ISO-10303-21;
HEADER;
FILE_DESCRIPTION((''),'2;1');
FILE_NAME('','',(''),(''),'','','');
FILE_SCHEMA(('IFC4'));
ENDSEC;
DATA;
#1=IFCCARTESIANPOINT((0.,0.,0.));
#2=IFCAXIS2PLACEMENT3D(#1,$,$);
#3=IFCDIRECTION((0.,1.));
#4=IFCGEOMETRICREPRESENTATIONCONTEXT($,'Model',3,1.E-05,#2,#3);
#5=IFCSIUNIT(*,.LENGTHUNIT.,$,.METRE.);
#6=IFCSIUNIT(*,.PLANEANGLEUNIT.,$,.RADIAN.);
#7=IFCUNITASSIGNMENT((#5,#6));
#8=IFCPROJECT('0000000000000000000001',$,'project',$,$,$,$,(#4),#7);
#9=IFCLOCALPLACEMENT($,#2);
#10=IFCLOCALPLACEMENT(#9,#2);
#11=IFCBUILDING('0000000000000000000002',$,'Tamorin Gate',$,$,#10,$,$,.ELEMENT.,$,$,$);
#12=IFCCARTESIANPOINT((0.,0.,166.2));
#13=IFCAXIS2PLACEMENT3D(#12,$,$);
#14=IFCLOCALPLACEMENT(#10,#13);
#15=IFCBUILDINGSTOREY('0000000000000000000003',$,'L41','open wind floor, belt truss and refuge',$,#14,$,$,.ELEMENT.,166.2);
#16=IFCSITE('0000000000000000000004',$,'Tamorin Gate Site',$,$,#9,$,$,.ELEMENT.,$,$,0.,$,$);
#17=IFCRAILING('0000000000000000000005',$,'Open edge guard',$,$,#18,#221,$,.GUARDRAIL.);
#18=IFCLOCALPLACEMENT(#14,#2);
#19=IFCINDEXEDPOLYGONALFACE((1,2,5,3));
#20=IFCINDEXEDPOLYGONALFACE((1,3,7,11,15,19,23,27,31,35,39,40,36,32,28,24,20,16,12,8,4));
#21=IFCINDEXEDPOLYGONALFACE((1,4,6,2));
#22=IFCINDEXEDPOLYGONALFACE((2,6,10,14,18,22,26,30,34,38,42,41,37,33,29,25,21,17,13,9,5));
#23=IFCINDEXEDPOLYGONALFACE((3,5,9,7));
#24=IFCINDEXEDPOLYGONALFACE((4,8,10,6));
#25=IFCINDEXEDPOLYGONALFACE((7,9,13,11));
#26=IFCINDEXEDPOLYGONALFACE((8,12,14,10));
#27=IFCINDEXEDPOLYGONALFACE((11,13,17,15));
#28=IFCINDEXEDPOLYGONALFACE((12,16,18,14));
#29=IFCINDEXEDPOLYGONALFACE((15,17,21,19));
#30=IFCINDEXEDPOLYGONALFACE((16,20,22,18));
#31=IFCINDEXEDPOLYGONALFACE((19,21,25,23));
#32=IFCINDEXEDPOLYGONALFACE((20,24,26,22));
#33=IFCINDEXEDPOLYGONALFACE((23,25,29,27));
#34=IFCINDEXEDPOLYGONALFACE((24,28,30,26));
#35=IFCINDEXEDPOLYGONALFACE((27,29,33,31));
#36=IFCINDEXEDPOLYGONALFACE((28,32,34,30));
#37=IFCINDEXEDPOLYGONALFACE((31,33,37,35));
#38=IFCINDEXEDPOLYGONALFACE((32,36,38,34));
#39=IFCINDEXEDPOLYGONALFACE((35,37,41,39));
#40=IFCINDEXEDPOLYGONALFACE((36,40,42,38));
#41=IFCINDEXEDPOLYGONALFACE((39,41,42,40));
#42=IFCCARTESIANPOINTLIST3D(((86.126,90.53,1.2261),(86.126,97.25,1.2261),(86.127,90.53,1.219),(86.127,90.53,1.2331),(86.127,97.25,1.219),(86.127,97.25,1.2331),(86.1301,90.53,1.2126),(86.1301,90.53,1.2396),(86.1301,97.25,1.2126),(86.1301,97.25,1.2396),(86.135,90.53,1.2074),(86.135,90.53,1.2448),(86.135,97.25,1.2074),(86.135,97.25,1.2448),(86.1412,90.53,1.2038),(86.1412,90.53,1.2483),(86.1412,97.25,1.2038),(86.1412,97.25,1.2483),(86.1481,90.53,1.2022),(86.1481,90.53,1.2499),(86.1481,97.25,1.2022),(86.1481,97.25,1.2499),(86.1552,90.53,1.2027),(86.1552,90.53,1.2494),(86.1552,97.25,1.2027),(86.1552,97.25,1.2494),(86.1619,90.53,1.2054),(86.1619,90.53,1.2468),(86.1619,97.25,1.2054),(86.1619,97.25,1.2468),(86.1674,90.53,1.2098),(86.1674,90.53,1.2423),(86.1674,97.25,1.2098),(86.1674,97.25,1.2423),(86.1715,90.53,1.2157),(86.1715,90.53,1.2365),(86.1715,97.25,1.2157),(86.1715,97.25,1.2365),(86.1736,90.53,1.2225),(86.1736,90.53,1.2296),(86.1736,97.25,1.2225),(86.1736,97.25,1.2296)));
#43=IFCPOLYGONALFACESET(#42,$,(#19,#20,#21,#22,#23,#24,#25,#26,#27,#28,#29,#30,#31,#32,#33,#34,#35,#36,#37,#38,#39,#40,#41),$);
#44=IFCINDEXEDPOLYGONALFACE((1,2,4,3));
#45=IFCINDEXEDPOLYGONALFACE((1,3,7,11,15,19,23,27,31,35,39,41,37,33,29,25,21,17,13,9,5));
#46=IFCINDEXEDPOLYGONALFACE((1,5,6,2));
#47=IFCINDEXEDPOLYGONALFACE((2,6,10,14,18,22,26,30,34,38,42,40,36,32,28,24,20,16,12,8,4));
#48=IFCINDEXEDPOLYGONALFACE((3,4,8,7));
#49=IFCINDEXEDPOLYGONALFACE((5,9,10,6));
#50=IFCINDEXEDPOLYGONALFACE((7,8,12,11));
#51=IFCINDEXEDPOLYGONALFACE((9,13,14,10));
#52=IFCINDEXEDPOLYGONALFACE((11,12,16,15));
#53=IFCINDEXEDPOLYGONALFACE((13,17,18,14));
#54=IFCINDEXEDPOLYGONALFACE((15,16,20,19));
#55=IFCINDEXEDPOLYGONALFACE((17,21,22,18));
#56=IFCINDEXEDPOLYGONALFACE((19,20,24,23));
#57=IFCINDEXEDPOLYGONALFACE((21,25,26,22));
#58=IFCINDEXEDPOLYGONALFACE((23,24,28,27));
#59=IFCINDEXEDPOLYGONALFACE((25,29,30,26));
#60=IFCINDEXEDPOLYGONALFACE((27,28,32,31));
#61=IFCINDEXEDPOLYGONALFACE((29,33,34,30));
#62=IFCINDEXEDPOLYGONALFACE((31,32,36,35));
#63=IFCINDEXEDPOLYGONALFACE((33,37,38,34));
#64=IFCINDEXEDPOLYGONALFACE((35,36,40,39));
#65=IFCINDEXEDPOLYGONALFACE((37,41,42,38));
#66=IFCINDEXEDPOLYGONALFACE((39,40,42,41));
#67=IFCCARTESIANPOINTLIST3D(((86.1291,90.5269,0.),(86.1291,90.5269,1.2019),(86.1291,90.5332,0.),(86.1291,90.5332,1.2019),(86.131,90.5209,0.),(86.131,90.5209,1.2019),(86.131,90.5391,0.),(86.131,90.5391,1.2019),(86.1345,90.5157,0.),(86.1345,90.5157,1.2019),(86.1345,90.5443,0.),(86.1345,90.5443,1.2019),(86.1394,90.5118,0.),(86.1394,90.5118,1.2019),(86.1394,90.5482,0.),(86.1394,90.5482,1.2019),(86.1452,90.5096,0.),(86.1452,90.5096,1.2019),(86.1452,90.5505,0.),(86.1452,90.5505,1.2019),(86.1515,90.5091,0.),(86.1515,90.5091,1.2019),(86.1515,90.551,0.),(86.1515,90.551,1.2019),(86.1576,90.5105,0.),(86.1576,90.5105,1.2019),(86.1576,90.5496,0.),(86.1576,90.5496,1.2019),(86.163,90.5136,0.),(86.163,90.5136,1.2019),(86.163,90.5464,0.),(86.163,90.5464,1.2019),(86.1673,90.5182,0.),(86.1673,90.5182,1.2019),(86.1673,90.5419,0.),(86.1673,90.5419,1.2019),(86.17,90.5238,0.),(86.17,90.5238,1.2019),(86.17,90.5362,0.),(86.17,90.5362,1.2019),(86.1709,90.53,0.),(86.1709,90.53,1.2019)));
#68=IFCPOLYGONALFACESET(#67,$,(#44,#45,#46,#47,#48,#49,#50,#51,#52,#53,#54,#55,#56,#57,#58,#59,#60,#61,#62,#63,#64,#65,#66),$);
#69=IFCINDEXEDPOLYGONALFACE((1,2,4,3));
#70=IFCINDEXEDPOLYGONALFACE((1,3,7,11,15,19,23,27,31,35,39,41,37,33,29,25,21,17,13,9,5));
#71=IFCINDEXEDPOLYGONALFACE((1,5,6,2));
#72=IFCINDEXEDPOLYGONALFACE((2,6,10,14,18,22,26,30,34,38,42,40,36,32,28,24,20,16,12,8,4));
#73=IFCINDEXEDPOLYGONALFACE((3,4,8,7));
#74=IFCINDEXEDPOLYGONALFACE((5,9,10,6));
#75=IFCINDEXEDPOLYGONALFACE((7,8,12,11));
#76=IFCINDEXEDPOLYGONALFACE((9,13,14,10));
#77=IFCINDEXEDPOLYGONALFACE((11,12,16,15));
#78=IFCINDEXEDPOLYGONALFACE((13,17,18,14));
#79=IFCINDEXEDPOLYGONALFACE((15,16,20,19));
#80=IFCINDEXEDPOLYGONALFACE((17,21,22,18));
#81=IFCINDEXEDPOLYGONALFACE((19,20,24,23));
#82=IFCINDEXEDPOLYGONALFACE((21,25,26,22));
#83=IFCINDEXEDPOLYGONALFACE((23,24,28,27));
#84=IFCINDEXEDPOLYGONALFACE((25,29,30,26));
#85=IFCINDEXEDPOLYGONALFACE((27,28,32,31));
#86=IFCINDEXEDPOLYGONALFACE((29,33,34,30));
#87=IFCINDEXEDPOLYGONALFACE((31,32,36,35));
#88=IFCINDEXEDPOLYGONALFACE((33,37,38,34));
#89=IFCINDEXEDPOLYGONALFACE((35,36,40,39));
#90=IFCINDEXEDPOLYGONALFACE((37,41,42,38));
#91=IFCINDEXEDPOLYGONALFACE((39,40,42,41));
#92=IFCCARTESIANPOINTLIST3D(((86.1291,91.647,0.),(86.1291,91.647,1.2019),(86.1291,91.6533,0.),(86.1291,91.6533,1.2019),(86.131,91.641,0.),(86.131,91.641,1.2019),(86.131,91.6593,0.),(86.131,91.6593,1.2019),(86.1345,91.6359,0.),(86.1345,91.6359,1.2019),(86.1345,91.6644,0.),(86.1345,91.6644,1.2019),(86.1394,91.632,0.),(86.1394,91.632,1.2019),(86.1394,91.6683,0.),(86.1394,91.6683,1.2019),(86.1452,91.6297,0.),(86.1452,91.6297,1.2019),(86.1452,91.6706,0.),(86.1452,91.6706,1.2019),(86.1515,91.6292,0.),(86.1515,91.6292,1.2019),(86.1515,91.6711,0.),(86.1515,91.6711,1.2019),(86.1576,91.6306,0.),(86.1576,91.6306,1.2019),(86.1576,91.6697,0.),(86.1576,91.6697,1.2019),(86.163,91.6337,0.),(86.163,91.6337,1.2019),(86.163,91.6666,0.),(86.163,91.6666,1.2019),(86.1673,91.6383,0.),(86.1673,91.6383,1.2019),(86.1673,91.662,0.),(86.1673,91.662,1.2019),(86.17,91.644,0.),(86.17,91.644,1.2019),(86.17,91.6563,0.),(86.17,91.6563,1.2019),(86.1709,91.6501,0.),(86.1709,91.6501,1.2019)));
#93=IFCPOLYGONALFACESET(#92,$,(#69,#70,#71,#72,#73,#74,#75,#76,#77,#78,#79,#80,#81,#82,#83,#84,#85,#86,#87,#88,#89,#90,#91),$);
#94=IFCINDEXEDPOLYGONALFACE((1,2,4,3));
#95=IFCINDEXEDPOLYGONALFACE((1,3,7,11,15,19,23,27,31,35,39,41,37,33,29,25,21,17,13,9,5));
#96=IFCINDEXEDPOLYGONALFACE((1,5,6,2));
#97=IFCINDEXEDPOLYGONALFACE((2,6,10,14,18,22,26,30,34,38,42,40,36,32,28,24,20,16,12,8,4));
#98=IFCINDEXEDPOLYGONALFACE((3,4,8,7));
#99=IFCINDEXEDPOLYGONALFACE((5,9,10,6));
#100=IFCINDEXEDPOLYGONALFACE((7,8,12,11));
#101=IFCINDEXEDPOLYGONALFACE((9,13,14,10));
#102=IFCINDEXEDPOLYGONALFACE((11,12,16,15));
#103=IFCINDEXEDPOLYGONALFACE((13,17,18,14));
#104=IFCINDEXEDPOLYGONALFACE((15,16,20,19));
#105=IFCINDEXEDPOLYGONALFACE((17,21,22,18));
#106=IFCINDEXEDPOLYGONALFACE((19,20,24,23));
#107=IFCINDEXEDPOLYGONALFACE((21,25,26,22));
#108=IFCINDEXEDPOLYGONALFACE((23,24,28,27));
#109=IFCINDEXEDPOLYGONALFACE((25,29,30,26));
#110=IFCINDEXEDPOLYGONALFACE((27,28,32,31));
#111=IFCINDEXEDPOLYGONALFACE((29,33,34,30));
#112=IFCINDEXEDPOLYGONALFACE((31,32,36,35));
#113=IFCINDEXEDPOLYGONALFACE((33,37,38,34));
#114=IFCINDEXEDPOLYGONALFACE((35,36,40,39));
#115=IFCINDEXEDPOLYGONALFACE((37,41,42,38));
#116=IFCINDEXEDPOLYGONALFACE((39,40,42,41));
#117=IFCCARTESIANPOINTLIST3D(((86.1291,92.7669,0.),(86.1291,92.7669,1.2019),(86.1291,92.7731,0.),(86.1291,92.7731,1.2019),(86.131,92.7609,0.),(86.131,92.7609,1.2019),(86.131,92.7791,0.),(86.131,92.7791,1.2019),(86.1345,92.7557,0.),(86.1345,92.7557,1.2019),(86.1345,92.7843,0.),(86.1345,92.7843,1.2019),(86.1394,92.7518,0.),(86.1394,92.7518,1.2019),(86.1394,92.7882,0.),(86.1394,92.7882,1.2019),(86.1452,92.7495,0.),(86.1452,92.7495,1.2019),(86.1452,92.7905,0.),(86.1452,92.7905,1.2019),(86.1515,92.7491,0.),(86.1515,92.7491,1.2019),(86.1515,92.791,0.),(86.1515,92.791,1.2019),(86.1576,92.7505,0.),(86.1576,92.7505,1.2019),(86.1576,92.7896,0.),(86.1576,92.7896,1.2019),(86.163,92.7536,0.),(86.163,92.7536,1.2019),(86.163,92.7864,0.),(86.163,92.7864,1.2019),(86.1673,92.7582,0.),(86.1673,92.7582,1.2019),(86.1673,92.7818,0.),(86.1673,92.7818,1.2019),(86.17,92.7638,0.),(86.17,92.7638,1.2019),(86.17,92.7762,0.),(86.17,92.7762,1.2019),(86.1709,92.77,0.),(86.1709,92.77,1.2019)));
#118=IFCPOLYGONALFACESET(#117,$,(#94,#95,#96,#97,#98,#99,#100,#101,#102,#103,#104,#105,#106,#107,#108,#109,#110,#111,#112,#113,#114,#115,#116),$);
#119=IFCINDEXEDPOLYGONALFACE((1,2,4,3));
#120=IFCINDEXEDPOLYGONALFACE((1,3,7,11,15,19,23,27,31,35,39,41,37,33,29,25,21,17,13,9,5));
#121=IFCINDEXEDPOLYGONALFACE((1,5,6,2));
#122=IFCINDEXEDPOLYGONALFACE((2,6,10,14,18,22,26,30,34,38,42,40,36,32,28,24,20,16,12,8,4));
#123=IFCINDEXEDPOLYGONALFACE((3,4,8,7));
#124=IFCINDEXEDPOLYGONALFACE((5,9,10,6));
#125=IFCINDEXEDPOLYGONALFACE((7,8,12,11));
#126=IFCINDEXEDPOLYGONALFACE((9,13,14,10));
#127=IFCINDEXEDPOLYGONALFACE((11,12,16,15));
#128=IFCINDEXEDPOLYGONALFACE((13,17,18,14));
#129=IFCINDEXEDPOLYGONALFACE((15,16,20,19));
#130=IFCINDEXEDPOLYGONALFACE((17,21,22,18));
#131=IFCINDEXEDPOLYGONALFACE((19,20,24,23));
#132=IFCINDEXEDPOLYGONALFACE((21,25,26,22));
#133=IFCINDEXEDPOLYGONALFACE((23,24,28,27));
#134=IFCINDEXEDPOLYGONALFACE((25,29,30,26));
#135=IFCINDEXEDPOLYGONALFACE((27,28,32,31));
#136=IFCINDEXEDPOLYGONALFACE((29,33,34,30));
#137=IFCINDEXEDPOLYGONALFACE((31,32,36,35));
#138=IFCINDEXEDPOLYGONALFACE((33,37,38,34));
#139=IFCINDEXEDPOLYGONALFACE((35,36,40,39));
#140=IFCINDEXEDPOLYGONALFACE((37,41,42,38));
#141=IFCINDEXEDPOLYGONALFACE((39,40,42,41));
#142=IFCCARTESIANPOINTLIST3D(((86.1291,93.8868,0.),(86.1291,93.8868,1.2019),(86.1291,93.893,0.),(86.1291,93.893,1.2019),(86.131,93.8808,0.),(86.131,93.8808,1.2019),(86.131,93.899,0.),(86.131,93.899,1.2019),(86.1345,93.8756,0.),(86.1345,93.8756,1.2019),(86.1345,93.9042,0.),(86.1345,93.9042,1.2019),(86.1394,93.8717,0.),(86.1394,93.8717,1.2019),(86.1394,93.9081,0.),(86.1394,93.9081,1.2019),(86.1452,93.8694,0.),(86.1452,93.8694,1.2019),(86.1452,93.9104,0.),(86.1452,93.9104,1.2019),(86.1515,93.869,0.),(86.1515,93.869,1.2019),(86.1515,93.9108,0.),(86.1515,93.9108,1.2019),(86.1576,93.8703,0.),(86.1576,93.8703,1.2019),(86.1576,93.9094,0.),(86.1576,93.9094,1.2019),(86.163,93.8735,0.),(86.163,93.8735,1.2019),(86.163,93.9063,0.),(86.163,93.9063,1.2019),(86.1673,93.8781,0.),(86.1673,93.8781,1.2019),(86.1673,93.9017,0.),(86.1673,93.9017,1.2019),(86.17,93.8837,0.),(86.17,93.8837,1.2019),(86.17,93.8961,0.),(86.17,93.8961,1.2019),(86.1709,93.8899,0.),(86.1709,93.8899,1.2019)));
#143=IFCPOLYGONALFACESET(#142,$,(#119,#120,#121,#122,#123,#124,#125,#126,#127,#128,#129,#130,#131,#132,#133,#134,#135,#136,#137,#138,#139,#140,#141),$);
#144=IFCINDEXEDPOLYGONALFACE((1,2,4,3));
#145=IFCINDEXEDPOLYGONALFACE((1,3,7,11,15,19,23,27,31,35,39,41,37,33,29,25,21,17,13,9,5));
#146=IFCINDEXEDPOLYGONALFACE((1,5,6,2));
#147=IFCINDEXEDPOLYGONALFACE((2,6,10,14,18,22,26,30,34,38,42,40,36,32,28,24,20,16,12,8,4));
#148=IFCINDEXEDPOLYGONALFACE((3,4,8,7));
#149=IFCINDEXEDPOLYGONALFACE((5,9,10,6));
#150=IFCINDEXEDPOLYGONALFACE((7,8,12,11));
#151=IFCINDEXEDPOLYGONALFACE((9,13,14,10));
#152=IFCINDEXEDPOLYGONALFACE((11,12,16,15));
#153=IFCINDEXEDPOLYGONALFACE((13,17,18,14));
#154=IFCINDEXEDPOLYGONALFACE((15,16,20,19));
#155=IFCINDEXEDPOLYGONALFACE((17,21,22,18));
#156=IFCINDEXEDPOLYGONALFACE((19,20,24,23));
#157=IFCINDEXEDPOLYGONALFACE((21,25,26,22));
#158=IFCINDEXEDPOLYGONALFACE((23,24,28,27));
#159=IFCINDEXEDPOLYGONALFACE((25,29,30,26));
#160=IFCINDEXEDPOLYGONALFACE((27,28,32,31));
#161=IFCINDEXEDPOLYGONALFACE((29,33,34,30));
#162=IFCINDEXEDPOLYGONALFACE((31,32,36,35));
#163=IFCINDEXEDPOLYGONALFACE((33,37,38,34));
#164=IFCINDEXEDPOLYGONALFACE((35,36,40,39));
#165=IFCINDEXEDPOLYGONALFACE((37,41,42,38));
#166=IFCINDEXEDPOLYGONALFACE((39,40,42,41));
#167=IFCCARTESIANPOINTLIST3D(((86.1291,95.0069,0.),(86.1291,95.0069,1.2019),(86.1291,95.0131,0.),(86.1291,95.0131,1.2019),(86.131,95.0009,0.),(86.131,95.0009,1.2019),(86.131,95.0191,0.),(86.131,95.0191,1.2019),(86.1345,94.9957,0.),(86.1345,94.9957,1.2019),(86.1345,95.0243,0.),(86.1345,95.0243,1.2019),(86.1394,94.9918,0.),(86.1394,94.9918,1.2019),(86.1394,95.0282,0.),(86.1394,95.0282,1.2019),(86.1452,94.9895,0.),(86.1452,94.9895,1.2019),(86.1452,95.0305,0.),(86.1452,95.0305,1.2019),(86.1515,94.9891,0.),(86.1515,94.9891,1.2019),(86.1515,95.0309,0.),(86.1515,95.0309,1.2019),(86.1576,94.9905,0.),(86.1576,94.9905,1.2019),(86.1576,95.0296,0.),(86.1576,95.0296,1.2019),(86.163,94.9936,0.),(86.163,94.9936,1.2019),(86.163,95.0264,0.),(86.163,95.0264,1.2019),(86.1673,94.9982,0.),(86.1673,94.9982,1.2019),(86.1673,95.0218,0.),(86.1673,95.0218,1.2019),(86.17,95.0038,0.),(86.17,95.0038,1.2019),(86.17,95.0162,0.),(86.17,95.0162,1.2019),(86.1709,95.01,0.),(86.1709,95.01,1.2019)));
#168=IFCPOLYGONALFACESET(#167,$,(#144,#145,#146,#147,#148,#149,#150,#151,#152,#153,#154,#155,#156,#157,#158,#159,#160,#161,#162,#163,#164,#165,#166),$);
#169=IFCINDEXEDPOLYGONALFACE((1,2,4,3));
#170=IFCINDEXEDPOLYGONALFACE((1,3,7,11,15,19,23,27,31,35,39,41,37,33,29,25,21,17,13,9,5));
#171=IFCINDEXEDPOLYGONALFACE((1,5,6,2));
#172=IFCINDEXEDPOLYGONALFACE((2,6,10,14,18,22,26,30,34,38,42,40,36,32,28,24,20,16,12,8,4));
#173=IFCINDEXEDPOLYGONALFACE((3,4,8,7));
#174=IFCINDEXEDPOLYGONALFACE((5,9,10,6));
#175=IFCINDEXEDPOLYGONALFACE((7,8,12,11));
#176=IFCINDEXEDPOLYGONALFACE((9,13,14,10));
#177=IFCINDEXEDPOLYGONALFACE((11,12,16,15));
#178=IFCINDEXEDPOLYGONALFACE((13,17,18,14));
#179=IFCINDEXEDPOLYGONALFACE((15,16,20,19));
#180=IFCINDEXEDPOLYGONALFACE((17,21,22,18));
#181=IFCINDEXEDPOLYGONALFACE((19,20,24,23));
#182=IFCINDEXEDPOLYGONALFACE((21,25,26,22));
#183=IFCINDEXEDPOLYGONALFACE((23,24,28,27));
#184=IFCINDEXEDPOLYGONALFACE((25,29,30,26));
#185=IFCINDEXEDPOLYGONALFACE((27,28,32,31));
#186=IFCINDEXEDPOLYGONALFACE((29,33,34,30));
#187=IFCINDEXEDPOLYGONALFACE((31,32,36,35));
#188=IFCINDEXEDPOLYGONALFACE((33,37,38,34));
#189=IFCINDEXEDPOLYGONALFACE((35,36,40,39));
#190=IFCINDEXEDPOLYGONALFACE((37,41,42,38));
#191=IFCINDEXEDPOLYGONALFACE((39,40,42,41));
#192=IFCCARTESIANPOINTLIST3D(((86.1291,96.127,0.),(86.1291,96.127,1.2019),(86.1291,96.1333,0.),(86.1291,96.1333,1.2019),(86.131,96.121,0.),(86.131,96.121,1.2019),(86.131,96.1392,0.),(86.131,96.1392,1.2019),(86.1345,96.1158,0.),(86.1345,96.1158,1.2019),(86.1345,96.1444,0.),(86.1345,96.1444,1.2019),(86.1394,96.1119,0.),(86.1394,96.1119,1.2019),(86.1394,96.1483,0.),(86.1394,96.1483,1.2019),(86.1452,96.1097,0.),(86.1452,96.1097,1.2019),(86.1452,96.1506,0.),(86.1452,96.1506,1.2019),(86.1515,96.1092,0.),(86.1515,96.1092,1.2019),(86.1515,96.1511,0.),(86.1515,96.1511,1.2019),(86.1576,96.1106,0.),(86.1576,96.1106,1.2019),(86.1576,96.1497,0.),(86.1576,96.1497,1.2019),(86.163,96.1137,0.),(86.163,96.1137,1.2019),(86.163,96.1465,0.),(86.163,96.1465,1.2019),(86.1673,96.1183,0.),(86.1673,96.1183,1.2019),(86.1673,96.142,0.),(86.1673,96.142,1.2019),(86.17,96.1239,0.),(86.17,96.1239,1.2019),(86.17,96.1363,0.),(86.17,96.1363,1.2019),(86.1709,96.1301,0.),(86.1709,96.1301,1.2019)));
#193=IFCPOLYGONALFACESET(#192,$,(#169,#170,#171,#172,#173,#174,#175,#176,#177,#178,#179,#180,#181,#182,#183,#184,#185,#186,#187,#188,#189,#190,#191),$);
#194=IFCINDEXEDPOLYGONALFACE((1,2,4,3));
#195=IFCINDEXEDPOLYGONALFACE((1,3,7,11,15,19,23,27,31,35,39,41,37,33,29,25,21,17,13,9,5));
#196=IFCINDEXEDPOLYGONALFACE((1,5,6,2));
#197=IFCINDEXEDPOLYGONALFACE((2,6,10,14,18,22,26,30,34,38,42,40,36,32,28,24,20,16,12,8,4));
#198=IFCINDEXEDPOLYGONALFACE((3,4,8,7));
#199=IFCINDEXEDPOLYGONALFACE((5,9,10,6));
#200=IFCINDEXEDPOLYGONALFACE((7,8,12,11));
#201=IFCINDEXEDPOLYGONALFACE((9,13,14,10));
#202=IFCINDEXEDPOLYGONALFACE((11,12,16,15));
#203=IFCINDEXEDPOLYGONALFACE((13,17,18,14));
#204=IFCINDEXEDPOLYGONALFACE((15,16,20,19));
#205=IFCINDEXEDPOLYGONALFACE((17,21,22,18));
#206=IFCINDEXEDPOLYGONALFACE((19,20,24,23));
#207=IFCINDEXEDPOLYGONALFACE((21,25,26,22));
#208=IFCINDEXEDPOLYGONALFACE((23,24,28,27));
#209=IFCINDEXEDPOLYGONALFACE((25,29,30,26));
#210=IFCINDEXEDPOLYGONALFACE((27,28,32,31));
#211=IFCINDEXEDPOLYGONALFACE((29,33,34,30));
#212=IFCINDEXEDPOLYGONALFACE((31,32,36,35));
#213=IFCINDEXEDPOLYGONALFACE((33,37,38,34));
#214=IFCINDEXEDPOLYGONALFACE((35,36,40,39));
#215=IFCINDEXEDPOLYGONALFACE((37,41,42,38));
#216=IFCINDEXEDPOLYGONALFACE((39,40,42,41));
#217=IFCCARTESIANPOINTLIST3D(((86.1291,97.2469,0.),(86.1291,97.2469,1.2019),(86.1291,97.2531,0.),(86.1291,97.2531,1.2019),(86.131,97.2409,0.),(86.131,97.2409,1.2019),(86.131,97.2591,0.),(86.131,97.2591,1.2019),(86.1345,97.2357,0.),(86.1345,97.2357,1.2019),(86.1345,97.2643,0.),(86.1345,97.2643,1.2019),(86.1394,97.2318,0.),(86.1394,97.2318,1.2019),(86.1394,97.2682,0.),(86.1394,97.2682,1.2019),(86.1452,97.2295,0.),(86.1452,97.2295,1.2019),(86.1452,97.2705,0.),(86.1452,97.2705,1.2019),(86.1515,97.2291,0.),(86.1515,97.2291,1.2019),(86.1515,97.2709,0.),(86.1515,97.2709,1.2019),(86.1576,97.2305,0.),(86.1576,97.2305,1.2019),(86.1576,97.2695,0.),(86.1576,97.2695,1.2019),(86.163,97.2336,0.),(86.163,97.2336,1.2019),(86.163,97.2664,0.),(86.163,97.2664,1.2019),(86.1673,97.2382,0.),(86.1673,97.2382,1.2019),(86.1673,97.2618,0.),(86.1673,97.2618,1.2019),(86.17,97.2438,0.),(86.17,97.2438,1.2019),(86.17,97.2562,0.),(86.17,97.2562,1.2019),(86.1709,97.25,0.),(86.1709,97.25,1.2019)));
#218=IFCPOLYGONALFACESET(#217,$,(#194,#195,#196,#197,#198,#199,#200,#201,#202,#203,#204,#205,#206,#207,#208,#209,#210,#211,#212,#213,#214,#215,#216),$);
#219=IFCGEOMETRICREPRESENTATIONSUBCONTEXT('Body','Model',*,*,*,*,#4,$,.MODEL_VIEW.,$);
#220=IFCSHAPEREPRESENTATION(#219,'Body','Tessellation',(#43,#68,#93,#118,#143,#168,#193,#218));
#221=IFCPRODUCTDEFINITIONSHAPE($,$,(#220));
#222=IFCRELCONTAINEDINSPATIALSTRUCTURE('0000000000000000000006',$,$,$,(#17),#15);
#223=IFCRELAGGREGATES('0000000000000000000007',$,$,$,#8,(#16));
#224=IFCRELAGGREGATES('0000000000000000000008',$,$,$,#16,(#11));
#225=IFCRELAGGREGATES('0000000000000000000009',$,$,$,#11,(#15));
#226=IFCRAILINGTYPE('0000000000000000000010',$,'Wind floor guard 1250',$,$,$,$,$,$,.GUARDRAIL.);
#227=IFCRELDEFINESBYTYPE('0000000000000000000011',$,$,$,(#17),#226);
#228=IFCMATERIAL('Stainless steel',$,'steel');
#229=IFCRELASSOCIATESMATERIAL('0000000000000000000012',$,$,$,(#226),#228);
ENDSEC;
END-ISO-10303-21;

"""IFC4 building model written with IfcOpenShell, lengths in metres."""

from ifc_helpers import new_model, si_unit, direction, frame, origin, origin_2d, place, context, subcontext, project, spatial, circle, extrude, material, type_object, element, save


model = new_model("IFC4")

# Units and contexts
model_context = context("Model", 3, precision=1e-05, world=origin(), true_north=direction((0.0, 1.0)))
body_context = subcontext(model_context, "Body", "Model", "MODEL_VIEW")
ifc_project = project(units=[si_unit("LENGTHUNIT", "METRE"), si_unit("PLANEANGLEUNIT", "RADIAN")], contexts=[model_context])

# Site, building, storey
site_placement = place(None, origin())
site = spatial("IfcSite", under=ifc_project, at=site_placement, Name="Tamorin Gate Site", CompositionType="ELEMENT", RefElevation=0.0)
building_placement = place(site_placement, origin())
building = spatial("IfcBuilding", under=site, at=building_placement, Name="Tamorin Gate", CompositionType="ELEMENT")
storey_placement = place(building_placement, frame((0.0, 0.0, 166.2)))
storey = spatial("IfcBuildingStorey", under=building, at=storey_placement, Name="L41", Description="open wind floor, belt truss and refuge", CompositionType="ELEMENT", Elevation=166.2)

# Railing
ifc_material_1 = material(Name="Stainless steel", Category="steel")
railing_type = type_object("IfcRailingType", Name="Wind floor guard 1250", PredefinedType="GUARDRAIL", material=ifc_material_1)
railing_1_placement = place(storey_placement, frame((86.1499, 90.53, 0.0)))
element("IfcRailing", 1, at=railing_1_placement, inside=storey, type_object=railing_type, Name="Open edge guard", PredefinedType="GUARDRAIL", context=body_context, shape_type="SweptSolid", body=[
    extrude(circle(Radius=0.0239, at=origin_2d()), frame((0.0, 0.0, 1.2261), z_axis=(0.0, 1.0, 0.0), x_axis=(-1.0, 0.0, 0.0)), (0.0, 0.0, 1.0), 6.72),
    extrude(circle(Radius=0.021, at=origin_2d()), origin(), (0.0, 0.0, 1.0), 1.2019),
    extrude(circle(Radius=0.021, at=origin_2d()), frame((0.0, 1.1201, 0.0)), (0.0, 0.0, 1.0), 1.2019),
    extrude(circle(Radius=0.021, at=origin_2d()), frame((0.0, 2.24, 0.0)), (0.0, 0.0, 1.0), 1.2019),
    extrude(circle(Radius=0.021, at=origin_2d()), frame((0.0, 3.3599, 0.0)), (0.0, 0.0, 1.0), 1.2019),
    extrude(circle(Radius=0.021, at=origin_2d()), frame((0.0, 4.48, 0.0)), (0.0, 0.0, 1.0), 1.2019),
    extrude(circle(Radius=0.021, at=origin_2d()), frame((0.0, 5.6001, 0.0)), (0.0, 0.0, 1.0), 1.2019),
    extrude(circle(Radius=0.021, at=origin_2d()), frame((0.0, 6.72, 0.0)), (0.0, 0.0, 1.0), 1.2019),
])

save(model, "model.ifc")
